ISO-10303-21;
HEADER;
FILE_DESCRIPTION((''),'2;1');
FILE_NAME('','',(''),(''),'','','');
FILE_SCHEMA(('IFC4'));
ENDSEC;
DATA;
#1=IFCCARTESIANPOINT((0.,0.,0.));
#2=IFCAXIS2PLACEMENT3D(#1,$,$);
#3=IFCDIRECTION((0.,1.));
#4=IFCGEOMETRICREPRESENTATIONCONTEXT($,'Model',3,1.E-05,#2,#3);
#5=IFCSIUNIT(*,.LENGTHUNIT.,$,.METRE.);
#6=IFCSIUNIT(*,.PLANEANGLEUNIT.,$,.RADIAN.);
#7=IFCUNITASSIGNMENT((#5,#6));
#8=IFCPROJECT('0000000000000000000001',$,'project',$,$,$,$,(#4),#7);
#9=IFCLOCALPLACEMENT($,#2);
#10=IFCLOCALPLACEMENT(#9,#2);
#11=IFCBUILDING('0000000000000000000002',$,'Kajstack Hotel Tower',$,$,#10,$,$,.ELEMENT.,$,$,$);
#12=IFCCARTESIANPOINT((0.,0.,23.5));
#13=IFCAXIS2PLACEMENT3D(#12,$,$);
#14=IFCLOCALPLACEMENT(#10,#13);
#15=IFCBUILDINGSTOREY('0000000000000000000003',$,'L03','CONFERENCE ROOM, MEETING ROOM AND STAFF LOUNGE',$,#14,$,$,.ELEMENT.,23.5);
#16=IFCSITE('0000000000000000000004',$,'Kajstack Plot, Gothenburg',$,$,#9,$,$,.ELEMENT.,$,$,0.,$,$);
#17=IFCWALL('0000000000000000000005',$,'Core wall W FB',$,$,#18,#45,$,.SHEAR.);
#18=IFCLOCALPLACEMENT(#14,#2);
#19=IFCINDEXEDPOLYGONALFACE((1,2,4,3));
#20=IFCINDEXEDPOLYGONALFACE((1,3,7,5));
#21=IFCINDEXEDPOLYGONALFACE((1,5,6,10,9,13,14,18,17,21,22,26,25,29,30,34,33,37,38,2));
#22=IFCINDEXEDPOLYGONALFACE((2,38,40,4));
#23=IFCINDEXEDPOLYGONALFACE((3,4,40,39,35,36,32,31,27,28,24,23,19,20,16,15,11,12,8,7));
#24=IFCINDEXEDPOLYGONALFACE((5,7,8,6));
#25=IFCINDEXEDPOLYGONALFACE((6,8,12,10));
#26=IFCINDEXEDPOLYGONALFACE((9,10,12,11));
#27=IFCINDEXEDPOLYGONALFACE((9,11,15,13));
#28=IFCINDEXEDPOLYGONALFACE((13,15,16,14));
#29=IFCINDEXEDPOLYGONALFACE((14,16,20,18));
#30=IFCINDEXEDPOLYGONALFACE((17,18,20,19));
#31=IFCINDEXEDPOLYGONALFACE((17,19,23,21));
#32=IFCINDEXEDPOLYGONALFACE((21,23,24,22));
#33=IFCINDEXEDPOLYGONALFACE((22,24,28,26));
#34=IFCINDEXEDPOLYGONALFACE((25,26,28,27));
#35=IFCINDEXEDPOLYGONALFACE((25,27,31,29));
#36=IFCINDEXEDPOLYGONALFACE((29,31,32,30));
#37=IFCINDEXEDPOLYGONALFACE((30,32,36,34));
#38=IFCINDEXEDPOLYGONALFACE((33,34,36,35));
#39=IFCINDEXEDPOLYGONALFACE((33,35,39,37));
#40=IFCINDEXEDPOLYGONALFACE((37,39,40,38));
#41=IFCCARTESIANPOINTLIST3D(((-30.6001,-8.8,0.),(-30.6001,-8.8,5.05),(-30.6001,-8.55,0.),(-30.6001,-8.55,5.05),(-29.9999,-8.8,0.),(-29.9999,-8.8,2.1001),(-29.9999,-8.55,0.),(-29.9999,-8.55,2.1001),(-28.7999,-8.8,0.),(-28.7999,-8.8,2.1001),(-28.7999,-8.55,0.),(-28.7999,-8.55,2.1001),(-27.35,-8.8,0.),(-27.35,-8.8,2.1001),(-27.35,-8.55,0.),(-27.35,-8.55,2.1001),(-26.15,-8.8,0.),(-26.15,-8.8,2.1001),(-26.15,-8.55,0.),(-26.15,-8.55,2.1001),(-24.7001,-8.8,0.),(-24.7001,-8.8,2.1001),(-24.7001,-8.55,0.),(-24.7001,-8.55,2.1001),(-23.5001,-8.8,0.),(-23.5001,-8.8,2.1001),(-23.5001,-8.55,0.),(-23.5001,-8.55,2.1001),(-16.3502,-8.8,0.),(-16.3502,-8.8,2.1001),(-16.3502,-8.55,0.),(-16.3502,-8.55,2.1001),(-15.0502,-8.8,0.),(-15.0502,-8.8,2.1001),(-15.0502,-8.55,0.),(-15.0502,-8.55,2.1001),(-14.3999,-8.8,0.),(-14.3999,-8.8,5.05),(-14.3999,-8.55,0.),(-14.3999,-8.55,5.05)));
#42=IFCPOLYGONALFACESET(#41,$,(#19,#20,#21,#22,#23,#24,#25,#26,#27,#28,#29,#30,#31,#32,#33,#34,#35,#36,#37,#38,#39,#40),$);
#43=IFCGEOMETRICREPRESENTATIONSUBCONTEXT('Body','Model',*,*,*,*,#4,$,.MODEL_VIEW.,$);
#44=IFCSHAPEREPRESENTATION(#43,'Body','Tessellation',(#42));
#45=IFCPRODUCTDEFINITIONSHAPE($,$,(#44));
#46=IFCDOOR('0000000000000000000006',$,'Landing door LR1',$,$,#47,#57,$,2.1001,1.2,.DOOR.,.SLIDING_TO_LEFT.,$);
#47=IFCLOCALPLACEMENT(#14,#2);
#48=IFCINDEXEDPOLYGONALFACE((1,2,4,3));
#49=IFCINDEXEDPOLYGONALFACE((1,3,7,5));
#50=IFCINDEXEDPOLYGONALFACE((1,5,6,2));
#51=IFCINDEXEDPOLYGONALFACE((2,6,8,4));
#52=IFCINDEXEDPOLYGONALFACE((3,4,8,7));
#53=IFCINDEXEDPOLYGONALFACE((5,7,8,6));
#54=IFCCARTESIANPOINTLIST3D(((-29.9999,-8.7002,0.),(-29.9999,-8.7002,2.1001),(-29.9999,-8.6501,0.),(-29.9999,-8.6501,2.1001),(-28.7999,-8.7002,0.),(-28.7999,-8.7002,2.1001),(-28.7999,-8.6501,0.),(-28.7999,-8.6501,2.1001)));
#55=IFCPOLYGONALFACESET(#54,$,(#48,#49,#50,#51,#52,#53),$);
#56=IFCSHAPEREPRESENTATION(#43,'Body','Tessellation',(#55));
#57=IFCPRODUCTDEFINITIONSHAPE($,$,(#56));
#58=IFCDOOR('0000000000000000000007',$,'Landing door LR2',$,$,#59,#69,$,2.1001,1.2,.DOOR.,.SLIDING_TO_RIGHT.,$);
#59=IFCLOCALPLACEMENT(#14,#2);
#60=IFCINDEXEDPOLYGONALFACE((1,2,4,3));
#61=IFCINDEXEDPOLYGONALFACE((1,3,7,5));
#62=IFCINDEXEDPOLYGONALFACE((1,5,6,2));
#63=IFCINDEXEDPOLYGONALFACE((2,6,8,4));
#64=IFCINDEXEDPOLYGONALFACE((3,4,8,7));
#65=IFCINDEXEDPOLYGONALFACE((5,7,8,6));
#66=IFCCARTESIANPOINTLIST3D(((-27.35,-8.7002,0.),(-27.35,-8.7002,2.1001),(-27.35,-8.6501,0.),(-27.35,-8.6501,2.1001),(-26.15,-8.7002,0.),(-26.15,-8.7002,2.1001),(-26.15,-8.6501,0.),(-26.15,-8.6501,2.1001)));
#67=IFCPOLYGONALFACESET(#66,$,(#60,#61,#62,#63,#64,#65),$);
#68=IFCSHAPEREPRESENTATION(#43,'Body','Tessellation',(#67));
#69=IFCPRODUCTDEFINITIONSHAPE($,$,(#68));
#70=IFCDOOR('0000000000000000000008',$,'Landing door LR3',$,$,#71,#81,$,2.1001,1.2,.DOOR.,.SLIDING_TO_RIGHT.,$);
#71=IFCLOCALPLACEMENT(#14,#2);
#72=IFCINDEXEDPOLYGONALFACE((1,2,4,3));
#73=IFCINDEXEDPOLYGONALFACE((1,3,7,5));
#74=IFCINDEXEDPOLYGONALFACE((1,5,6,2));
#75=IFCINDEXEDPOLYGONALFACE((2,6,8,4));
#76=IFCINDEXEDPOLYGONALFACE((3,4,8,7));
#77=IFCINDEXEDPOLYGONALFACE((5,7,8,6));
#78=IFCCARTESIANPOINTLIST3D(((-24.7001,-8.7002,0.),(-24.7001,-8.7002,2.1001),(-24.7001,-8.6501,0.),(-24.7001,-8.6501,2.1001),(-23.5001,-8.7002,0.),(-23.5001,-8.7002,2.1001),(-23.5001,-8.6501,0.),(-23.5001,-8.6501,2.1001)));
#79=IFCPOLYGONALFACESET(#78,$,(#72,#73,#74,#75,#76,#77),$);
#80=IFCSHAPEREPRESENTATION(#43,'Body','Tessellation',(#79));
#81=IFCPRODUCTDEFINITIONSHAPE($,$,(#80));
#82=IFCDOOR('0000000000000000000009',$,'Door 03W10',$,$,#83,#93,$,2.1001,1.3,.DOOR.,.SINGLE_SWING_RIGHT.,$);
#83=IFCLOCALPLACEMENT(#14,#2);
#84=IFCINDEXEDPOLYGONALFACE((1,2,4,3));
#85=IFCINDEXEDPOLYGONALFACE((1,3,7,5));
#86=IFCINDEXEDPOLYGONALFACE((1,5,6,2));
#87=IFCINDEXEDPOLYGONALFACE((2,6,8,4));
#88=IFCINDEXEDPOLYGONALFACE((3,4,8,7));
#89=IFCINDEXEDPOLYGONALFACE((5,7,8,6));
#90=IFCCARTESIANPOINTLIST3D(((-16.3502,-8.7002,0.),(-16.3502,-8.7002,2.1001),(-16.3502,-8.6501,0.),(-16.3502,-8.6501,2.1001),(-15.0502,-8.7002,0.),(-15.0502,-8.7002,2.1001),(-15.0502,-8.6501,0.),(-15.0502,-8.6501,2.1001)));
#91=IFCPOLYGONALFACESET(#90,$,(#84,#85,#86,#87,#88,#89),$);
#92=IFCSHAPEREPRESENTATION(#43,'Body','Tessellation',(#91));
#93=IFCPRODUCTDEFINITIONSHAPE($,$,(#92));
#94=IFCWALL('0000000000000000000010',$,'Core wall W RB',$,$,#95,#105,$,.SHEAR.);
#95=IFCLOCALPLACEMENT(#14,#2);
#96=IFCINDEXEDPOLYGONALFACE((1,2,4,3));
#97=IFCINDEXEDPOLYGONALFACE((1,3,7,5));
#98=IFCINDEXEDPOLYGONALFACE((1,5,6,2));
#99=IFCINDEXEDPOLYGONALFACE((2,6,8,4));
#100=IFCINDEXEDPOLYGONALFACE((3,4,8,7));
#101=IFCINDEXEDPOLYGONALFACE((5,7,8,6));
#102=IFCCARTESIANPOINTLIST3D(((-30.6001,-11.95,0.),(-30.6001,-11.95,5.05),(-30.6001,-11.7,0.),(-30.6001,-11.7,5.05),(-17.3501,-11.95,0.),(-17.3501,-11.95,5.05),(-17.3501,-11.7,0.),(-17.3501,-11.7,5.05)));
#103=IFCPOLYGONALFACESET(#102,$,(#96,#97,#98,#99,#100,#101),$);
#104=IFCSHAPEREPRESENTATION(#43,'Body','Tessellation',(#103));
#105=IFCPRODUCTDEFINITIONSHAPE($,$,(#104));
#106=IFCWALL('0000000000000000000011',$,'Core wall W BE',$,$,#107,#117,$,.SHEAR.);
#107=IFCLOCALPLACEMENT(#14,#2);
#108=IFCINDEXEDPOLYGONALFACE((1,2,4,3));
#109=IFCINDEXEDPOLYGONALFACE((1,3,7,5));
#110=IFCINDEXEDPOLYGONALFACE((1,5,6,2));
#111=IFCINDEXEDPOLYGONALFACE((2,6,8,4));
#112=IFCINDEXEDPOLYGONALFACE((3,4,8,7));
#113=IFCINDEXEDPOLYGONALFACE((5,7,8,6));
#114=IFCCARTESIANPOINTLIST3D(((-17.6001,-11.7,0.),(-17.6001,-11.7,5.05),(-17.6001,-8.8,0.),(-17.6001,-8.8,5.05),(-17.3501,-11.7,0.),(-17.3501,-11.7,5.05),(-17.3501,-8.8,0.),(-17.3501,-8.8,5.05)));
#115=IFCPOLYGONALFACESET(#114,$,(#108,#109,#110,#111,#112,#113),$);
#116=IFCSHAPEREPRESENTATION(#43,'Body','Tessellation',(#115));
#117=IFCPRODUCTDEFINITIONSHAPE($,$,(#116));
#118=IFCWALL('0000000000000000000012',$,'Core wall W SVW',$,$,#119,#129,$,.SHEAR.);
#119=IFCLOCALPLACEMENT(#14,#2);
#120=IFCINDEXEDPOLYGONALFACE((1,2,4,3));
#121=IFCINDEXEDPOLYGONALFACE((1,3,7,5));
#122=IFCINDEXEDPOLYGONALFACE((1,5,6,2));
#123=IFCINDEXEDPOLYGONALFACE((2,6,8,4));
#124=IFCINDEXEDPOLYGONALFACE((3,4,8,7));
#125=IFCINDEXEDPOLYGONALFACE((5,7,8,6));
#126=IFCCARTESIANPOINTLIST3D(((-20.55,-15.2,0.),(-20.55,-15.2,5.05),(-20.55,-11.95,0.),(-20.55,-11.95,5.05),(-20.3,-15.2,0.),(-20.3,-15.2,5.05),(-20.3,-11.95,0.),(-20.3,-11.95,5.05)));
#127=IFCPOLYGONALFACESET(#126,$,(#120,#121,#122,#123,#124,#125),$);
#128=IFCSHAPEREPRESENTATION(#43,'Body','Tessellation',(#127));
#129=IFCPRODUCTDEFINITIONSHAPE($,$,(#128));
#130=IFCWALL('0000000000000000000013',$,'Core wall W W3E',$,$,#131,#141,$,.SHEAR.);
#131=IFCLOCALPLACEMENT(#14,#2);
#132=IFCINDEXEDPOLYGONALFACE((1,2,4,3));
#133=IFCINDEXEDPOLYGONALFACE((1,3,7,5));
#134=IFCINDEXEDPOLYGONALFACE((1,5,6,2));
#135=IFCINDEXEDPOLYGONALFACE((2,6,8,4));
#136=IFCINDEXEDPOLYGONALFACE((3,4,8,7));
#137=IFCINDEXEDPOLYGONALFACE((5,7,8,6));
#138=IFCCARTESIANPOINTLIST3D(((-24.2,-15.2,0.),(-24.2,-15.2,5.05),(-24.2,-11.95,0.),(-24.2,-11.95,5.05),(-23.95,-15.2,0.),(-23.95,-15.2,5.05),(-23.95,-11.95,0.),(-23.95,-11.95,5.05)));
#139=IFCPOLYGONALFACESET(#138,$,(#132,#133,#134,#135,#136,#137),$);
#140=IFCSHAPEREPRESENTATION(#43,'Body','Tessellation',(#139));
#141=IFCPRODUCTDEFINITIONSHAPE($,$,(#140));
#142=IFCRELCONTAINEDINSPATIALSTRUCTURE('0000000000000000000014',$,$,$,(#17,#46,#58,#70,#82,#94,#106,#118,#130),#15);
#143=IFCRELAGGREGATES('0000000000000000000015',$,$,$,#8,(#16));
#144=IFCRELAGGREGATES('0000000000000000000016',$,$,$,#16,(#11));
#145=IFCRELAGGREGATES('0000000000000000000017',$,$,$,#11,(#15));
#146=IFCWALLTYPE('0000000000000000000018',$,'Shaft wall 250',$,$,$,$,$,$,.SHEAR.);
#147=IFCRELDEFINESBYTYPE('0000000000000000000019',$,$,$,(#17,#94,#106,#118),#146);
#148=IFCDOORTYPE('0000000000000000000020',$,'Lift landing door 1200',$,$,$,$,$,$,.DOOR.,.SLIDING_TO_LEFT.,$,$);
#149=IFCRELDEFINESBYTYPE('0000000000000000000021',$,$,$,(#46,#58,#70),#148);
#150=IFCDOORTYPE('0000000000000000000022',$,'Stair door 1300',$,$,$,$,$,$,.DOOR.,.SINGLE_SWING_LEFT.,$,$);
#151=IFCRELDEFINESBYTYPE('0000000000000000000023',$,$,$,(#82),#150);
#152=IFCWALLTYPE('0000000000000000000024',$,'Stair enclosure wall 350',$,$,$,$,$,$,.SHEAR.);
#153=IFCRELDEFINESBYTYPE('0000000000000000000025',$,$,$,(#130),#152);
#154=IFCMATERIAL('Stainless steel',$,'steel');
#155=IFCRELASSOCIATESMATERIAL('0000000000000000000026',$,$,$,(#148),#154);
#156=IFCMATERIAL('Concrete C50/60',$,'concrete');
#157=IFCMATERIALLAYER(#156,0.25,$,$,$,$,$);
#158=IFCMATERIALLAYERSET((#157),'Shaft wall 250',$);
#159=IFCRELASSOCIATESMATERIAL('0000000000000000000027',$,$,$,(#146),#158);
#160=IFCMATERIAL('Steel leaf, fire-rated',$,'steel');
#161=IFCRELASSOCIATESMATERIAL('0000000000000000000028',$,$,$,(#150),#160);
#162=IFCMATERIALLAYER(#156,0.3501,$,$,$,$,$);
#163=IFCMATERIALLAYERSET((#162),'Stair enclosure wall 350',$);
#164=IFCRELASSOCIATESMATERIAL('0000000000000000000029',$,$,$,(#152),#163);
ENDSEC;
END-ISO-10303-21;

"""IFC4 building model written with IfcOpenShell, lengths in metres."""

from ifc_helpers import new_model, si_unit, direction, frame, frame_2d, origin, place, context, subcontext, project, spatial, rectangle, extrude, material, layer, layer_set, type_object, element, fill, save


model = new_model("IFC4")

# Units and contexts
model_context = context("Model", 3, precision=1e-05, world=origin(), true_north=direction((0.0, 1.0)))
body_context = subcontext(model_context, "Body", "Model", "MODEL_VIEW")
ifc_project = project(units=[si_unit("LENGTHUNIT", "METRE"), si_unit("PLANEANGLEUNIT", "RADIAN")], contexts=[model_context])

# Site, building, storey
site_placement = place(None, origin())
site = spatial("IfcSite", under=ifc_project, at=site_placement, Name="Kajstack Plot, Gothenburg", CompositionType="ELEMENT", RefElevation=0.0)
building_placement = place(site_placement, origin())
building = spatial("IfcBuilding", under=site, at=building_placement, Name="Kajstack Hotel Tower", CompositionType="ELEMENT")
storey_placement = place(building_placement, frame((0.0, 0.0, 23.5)))
storey = spatial("IfcBuildingStorey", under=building, at=storey_placement, Name="L03", Description="CONFERENCE ROOM, MEETING ROOM AND STAFF LOUNGE", CompositionType="ELEMENT", Elevation=23.5)

# Shared definitions
ifc_material_1 = material(Name="Stainless steel", Category="steel")
door_type_1 = type_object("IfcDoorType", Name="Lift landing door 1200", OperationType="SLIDING_TO_LEFT", PredefinedType="DOOR", material=ifc_material_1)

# Shared definitions
ifc_material_2 = material(Name="Concrete C50/60", Category="concrete")

# Shared definitions
ifc_layer_1 = layer(ifc_material_2, 0.25)
ifc_layer_set_1 = layer_set([ifc_layer_1], Name="Shaft wall 250")
wall_type_1 = type_object("IfcWallType", Name="Shaft wall 250", PredefinedType="SHEAR", material=ifc_layer_set_1)
ifc_material_3 = material(Name="Steel leaf, fire-rated", Category="steel")
door_type_2 = type_object("IfcDoorType", Name="Stair door 1300", OperationType="SINGLE_SWING_LEFT", PredefinedType="DOOR", material=ifc_material_3)

# Wall, openings, doors
wall_1_placement = place(storey_placement, frame((-30.6001, -8.675, 0.0), z_axis=(0.0, 0.0, 1.0), x_axis=(1.0, 0.0, 0.0)))
wall_1 = element("IfcWall", 1, at=wall_1_placement, inside=storey, type_object=wall_type_1, Name="Core wall W FB", PredefinedType="SHEAR", context=body_context, shape_type="SweptSolid", body=[
    extrude(rectangle(XDim=16.2002, YDim=0.25, at=frame_2d((8.1001, 0.0))), origin(), (0.0, 0.0, 1.0), 5.05),
])
opening_1_placement = place(wall_1_placement, frame((0.6001, 0.0, 0.0)))
opening_1 = element("IfcOpeningElement", 2, at=opening_1_placement, cuts=wall_1, PredefinedType="OPENING", context=body_context, shape_type="SweptSolid", body=[
    extrude(rectangle(XDim=1.2, YDim=2.1001, at=frame_2d((0.6001, 1.05))), frame((0.0, 0.135, 0.0), z_axis=(0.0, -1.0, 0.0), x_axis=(1.0, 0.0, 0.0)), (0.0, 0.0, 1.0), 0.27),
])
opening_2_placement = place(wall_1_placement, frame((3.25, 0.0, 0.0)))
opening_2 = element("IfcOpeningElement", 3, at=opening_2_placement, cuts=wall_1, PredefinedType="OPENING", context=body_context, shape_type="SweptSolid", body=[
    extrude(rectangle(XDim=1.2, YDim=2.1001, at=frame_2d((0.6001, 1.05))), frame((0.0, 0.135, 0.0), z_axis=(0.0, -1.0, 0.0), x_axis=(1.0, 0.0, 0.0)), (0.0, 0.0, 1.0), 0.27),
])
opening_3_placement = place(wall_1_placement, frame((5.8999, 0.0, 0.0)))
opening_3 = element("IfcOpeningElement", 4, at=opening_3_placement, cuts=wall_1, PredefinedType="OPENING", context=body_context, shape_type="SweptSolid", body=[
    extrude(rectangle(XDim=1.2, YDim=2.1001, at=frame_2d((0.6001, 1.05))), frame((0.0, 0.135, 0.0), z_axis=(0.0, -1.0, 0.0), x_axis=(1.0, 0.0, 0.0)), (0.0, 0.0, 1.0), 0.27),
])
opening_4_placement = place(wall_1_placement, frame((14.25, 0.0, 0.0)))
opening_4 = element("IfcOpeningElement", 5, at=opening_4_placement, cuts=wall_1, PredefinedType="OPENING", context=body_context, shape_type="SweptSolid", body=[
    extrude(rectangle(XDim=1.3, YDim=2.1001, at=frame_2d((0.6499, 1.05))), frame((0.0, 0.135, 0.0), z_axis=(0.0, -1.0, 0.0), x_axis=(1.0, 0.0, 0.0)), (0.0, 0.0, 1.0), 0.27),
])
door_1_placement = place(opening_1_placement, origin())
door_1 = element("IfcDoor", 6, at=door_1_placement, inside=storey, type_object=door_type_1, Name="Landing door LR1", OperationType="SLIDING_TO_LEFT", OverallHeight=2.1001, OverallWidth=1.2, PredefinedType="DOOR", context=body_context, shape_type="SweptSolid", body=[
    extrude(rectangle(XDim=1.2, YDim=2.1001, at=frame_2d((0.6001, 1.05))), frame((0.0, 0.0249, 0.0), z_axis=(0.0, -1.0, 0.0), x_axis=(1.0, 0.0, 0.0)), (0.0, 0.0, 1.0), 0.05),
])
fill(opening_1, door_1)
door_2_placement = place(opening_2_placement, origin())
door_2 = element("IfcDoor", 7, at=door_2_placement, inside=storey, type_object=door_type_1, Name="Landing door LR2", OperationType="SLIDING_TO_RIGHT", OverallHeight=2.1001, OverallWidth=1.2, PredefinedType="DOOR", context=body_context, shape_type="SweptSolid", body=[
    extrude(rectangle(XDim=1.2, YDim=2.1001, at=frame_2d((0.6001, 1.05))), frame((0.0, 0.0249, 0.0), z_axis=(0.0, -1.0, 0.0), x_axis=(1.0, 0.0, 0.0)), (0.0, 0.0, 1.0), 0.05),
])
fill(opening_2, door_2)
door_3_placement = place(opening_3_placement, origin())
door_3 = element("IfcDoor", 8, at=door_3_placement, inside=storey, type_object=door_type_1, Name="Landing door LR3", OperationType="SLIDING_TO_RIGHT", OverallHeight=2.1001, OverallWidth=1.2, PredefinedType="DOOR", context=body_context, shape_type="SweptSolid", body=[
    extrude(rectangle(XDim=1.2, YDim=2.1001, at=frame_2d((0.6001, 1.05))), frame((0.0, 0.0249, 0.0), z_axis=(0.0, -1.0, 0.0), x_axis=(1.0, 0.0, 0.0)), (0.0, 0.0, 1.0), 0.05),
])
fill(opening_3, door_3)
door_4_placement = place(opening_4_placement, origin())
door_4 = element("IfcDoor", 9, at=door_4_placement, inside=storey, type_object=door_type_2, Name="Door 03W10", OperationType="SINGLE_SWING_RIGHT", OverallHeight=2.1001, OverallWidth=1.3, PredefinedType="DOOR", context=body_context, shape_type="SweptSolid", body=[
    extrude(rectangle(XDim=1.3, YDim=2.1001, at=frame_2d((0.6499, 1.05))), frame((0.0, 0.0249, 0.0), z_axis=(0.0, -1.0, 0.0), x_axis=(1.0, 0.0, 0.0)), (0.0, 0.0, 1.0), 0.05),
])
fill(opening_4, door_4)

# Walls
wall_2_placement = place(storey_placement, frame((-30.6001, -11.825, 0.0), z_axis=(0.0, 0.0, 1.0), x_axis=(1.0, 0.0, 0.0)))
element("IfcWall", 10, at=wall_2_placement, inside=storey, type_object=wall_type_1, Name="Core wall W RB", PredefinedType="SHEAR", context=body_context, shape_type="SweptSolid", body=[
    extrude(rectangle(XDim=13.25, YDim=0.25, at=frame_2d((6.625, 0.0))), origin(), (0.0, 0.0, 1.0), 5.05),
])
wall_3_placement = place(storey_placement, frame((-17.4751, -11.7, 0.0), z_axis=(0.0, 0.0, 1.0), x_axis=(0.0, 1.0, 0.0)))
element("IfcWall", 11, at=wall_3_placement, inside=storey, type_object=wall_type_1, Name="Core wall W BE", PredefinedType="SHEAR", context=body_context, shape_type="SweptSolid", body=[
    extrude(rectangle(XDim=2.8999, YDim=0.25, at=frame_2d((1.45, 0.0))), origin(), (0.0, 0.0, 1.0), 5.05),
])
wall_4_placement = place(storey_placement, frame((-20.425, -15.2, 0.0), z_axis=(0.0, 0.0, 1.0), x_axis=(0.0, 1.0, 0.0)))
element("IfcWall", 12, at=wall_4_placement, inside=storey, type_object=wall_type_1, Name="Core wall W SVW", PredefinedType="SHEAR", context=body_context, shape_type="SweptSolid", body=[
    extrude(rectangle(XDim=3.25, YDim=0.25, at=frame_2d((1.625, 0.0))), origin(), (0.0, 0.0, 1.0), 5.05),
])
ifc_layer_2 = layer(ifc_material_2, 0.3501)
ifc_layer_set_2 = layer_set([ifc_layer_2], Name="Stair enclosure wall 350")
wall_type_2 = type_object("IfcWallType", Name="Stair enclosure wall 350", PredefinedType="SHEAR", material=ifc_layer_set_2)
wall_5_placement = place(storey_placement, frame((-24.075, -15.2, 0.0), z_axis=(0.0, 0.0, 1.0), x_axis=(0.0, 1.0, 0.0)))
element("IfcWall", 13, at=wall_5_placement, inside=storey, type_object=wall_type_2, Name="Core wall W W3E", PredefinedType="SHEAR", context=body_context, shape_type="SweptSolid", body=[
    extrude(rectangle(XDim=3.25, YDim=0.25, at=frame_2d((1.625, 0.0))), origin(), (0.0, 0.0, 1.0), 5.05),
])

save(model, "model.ifc")
